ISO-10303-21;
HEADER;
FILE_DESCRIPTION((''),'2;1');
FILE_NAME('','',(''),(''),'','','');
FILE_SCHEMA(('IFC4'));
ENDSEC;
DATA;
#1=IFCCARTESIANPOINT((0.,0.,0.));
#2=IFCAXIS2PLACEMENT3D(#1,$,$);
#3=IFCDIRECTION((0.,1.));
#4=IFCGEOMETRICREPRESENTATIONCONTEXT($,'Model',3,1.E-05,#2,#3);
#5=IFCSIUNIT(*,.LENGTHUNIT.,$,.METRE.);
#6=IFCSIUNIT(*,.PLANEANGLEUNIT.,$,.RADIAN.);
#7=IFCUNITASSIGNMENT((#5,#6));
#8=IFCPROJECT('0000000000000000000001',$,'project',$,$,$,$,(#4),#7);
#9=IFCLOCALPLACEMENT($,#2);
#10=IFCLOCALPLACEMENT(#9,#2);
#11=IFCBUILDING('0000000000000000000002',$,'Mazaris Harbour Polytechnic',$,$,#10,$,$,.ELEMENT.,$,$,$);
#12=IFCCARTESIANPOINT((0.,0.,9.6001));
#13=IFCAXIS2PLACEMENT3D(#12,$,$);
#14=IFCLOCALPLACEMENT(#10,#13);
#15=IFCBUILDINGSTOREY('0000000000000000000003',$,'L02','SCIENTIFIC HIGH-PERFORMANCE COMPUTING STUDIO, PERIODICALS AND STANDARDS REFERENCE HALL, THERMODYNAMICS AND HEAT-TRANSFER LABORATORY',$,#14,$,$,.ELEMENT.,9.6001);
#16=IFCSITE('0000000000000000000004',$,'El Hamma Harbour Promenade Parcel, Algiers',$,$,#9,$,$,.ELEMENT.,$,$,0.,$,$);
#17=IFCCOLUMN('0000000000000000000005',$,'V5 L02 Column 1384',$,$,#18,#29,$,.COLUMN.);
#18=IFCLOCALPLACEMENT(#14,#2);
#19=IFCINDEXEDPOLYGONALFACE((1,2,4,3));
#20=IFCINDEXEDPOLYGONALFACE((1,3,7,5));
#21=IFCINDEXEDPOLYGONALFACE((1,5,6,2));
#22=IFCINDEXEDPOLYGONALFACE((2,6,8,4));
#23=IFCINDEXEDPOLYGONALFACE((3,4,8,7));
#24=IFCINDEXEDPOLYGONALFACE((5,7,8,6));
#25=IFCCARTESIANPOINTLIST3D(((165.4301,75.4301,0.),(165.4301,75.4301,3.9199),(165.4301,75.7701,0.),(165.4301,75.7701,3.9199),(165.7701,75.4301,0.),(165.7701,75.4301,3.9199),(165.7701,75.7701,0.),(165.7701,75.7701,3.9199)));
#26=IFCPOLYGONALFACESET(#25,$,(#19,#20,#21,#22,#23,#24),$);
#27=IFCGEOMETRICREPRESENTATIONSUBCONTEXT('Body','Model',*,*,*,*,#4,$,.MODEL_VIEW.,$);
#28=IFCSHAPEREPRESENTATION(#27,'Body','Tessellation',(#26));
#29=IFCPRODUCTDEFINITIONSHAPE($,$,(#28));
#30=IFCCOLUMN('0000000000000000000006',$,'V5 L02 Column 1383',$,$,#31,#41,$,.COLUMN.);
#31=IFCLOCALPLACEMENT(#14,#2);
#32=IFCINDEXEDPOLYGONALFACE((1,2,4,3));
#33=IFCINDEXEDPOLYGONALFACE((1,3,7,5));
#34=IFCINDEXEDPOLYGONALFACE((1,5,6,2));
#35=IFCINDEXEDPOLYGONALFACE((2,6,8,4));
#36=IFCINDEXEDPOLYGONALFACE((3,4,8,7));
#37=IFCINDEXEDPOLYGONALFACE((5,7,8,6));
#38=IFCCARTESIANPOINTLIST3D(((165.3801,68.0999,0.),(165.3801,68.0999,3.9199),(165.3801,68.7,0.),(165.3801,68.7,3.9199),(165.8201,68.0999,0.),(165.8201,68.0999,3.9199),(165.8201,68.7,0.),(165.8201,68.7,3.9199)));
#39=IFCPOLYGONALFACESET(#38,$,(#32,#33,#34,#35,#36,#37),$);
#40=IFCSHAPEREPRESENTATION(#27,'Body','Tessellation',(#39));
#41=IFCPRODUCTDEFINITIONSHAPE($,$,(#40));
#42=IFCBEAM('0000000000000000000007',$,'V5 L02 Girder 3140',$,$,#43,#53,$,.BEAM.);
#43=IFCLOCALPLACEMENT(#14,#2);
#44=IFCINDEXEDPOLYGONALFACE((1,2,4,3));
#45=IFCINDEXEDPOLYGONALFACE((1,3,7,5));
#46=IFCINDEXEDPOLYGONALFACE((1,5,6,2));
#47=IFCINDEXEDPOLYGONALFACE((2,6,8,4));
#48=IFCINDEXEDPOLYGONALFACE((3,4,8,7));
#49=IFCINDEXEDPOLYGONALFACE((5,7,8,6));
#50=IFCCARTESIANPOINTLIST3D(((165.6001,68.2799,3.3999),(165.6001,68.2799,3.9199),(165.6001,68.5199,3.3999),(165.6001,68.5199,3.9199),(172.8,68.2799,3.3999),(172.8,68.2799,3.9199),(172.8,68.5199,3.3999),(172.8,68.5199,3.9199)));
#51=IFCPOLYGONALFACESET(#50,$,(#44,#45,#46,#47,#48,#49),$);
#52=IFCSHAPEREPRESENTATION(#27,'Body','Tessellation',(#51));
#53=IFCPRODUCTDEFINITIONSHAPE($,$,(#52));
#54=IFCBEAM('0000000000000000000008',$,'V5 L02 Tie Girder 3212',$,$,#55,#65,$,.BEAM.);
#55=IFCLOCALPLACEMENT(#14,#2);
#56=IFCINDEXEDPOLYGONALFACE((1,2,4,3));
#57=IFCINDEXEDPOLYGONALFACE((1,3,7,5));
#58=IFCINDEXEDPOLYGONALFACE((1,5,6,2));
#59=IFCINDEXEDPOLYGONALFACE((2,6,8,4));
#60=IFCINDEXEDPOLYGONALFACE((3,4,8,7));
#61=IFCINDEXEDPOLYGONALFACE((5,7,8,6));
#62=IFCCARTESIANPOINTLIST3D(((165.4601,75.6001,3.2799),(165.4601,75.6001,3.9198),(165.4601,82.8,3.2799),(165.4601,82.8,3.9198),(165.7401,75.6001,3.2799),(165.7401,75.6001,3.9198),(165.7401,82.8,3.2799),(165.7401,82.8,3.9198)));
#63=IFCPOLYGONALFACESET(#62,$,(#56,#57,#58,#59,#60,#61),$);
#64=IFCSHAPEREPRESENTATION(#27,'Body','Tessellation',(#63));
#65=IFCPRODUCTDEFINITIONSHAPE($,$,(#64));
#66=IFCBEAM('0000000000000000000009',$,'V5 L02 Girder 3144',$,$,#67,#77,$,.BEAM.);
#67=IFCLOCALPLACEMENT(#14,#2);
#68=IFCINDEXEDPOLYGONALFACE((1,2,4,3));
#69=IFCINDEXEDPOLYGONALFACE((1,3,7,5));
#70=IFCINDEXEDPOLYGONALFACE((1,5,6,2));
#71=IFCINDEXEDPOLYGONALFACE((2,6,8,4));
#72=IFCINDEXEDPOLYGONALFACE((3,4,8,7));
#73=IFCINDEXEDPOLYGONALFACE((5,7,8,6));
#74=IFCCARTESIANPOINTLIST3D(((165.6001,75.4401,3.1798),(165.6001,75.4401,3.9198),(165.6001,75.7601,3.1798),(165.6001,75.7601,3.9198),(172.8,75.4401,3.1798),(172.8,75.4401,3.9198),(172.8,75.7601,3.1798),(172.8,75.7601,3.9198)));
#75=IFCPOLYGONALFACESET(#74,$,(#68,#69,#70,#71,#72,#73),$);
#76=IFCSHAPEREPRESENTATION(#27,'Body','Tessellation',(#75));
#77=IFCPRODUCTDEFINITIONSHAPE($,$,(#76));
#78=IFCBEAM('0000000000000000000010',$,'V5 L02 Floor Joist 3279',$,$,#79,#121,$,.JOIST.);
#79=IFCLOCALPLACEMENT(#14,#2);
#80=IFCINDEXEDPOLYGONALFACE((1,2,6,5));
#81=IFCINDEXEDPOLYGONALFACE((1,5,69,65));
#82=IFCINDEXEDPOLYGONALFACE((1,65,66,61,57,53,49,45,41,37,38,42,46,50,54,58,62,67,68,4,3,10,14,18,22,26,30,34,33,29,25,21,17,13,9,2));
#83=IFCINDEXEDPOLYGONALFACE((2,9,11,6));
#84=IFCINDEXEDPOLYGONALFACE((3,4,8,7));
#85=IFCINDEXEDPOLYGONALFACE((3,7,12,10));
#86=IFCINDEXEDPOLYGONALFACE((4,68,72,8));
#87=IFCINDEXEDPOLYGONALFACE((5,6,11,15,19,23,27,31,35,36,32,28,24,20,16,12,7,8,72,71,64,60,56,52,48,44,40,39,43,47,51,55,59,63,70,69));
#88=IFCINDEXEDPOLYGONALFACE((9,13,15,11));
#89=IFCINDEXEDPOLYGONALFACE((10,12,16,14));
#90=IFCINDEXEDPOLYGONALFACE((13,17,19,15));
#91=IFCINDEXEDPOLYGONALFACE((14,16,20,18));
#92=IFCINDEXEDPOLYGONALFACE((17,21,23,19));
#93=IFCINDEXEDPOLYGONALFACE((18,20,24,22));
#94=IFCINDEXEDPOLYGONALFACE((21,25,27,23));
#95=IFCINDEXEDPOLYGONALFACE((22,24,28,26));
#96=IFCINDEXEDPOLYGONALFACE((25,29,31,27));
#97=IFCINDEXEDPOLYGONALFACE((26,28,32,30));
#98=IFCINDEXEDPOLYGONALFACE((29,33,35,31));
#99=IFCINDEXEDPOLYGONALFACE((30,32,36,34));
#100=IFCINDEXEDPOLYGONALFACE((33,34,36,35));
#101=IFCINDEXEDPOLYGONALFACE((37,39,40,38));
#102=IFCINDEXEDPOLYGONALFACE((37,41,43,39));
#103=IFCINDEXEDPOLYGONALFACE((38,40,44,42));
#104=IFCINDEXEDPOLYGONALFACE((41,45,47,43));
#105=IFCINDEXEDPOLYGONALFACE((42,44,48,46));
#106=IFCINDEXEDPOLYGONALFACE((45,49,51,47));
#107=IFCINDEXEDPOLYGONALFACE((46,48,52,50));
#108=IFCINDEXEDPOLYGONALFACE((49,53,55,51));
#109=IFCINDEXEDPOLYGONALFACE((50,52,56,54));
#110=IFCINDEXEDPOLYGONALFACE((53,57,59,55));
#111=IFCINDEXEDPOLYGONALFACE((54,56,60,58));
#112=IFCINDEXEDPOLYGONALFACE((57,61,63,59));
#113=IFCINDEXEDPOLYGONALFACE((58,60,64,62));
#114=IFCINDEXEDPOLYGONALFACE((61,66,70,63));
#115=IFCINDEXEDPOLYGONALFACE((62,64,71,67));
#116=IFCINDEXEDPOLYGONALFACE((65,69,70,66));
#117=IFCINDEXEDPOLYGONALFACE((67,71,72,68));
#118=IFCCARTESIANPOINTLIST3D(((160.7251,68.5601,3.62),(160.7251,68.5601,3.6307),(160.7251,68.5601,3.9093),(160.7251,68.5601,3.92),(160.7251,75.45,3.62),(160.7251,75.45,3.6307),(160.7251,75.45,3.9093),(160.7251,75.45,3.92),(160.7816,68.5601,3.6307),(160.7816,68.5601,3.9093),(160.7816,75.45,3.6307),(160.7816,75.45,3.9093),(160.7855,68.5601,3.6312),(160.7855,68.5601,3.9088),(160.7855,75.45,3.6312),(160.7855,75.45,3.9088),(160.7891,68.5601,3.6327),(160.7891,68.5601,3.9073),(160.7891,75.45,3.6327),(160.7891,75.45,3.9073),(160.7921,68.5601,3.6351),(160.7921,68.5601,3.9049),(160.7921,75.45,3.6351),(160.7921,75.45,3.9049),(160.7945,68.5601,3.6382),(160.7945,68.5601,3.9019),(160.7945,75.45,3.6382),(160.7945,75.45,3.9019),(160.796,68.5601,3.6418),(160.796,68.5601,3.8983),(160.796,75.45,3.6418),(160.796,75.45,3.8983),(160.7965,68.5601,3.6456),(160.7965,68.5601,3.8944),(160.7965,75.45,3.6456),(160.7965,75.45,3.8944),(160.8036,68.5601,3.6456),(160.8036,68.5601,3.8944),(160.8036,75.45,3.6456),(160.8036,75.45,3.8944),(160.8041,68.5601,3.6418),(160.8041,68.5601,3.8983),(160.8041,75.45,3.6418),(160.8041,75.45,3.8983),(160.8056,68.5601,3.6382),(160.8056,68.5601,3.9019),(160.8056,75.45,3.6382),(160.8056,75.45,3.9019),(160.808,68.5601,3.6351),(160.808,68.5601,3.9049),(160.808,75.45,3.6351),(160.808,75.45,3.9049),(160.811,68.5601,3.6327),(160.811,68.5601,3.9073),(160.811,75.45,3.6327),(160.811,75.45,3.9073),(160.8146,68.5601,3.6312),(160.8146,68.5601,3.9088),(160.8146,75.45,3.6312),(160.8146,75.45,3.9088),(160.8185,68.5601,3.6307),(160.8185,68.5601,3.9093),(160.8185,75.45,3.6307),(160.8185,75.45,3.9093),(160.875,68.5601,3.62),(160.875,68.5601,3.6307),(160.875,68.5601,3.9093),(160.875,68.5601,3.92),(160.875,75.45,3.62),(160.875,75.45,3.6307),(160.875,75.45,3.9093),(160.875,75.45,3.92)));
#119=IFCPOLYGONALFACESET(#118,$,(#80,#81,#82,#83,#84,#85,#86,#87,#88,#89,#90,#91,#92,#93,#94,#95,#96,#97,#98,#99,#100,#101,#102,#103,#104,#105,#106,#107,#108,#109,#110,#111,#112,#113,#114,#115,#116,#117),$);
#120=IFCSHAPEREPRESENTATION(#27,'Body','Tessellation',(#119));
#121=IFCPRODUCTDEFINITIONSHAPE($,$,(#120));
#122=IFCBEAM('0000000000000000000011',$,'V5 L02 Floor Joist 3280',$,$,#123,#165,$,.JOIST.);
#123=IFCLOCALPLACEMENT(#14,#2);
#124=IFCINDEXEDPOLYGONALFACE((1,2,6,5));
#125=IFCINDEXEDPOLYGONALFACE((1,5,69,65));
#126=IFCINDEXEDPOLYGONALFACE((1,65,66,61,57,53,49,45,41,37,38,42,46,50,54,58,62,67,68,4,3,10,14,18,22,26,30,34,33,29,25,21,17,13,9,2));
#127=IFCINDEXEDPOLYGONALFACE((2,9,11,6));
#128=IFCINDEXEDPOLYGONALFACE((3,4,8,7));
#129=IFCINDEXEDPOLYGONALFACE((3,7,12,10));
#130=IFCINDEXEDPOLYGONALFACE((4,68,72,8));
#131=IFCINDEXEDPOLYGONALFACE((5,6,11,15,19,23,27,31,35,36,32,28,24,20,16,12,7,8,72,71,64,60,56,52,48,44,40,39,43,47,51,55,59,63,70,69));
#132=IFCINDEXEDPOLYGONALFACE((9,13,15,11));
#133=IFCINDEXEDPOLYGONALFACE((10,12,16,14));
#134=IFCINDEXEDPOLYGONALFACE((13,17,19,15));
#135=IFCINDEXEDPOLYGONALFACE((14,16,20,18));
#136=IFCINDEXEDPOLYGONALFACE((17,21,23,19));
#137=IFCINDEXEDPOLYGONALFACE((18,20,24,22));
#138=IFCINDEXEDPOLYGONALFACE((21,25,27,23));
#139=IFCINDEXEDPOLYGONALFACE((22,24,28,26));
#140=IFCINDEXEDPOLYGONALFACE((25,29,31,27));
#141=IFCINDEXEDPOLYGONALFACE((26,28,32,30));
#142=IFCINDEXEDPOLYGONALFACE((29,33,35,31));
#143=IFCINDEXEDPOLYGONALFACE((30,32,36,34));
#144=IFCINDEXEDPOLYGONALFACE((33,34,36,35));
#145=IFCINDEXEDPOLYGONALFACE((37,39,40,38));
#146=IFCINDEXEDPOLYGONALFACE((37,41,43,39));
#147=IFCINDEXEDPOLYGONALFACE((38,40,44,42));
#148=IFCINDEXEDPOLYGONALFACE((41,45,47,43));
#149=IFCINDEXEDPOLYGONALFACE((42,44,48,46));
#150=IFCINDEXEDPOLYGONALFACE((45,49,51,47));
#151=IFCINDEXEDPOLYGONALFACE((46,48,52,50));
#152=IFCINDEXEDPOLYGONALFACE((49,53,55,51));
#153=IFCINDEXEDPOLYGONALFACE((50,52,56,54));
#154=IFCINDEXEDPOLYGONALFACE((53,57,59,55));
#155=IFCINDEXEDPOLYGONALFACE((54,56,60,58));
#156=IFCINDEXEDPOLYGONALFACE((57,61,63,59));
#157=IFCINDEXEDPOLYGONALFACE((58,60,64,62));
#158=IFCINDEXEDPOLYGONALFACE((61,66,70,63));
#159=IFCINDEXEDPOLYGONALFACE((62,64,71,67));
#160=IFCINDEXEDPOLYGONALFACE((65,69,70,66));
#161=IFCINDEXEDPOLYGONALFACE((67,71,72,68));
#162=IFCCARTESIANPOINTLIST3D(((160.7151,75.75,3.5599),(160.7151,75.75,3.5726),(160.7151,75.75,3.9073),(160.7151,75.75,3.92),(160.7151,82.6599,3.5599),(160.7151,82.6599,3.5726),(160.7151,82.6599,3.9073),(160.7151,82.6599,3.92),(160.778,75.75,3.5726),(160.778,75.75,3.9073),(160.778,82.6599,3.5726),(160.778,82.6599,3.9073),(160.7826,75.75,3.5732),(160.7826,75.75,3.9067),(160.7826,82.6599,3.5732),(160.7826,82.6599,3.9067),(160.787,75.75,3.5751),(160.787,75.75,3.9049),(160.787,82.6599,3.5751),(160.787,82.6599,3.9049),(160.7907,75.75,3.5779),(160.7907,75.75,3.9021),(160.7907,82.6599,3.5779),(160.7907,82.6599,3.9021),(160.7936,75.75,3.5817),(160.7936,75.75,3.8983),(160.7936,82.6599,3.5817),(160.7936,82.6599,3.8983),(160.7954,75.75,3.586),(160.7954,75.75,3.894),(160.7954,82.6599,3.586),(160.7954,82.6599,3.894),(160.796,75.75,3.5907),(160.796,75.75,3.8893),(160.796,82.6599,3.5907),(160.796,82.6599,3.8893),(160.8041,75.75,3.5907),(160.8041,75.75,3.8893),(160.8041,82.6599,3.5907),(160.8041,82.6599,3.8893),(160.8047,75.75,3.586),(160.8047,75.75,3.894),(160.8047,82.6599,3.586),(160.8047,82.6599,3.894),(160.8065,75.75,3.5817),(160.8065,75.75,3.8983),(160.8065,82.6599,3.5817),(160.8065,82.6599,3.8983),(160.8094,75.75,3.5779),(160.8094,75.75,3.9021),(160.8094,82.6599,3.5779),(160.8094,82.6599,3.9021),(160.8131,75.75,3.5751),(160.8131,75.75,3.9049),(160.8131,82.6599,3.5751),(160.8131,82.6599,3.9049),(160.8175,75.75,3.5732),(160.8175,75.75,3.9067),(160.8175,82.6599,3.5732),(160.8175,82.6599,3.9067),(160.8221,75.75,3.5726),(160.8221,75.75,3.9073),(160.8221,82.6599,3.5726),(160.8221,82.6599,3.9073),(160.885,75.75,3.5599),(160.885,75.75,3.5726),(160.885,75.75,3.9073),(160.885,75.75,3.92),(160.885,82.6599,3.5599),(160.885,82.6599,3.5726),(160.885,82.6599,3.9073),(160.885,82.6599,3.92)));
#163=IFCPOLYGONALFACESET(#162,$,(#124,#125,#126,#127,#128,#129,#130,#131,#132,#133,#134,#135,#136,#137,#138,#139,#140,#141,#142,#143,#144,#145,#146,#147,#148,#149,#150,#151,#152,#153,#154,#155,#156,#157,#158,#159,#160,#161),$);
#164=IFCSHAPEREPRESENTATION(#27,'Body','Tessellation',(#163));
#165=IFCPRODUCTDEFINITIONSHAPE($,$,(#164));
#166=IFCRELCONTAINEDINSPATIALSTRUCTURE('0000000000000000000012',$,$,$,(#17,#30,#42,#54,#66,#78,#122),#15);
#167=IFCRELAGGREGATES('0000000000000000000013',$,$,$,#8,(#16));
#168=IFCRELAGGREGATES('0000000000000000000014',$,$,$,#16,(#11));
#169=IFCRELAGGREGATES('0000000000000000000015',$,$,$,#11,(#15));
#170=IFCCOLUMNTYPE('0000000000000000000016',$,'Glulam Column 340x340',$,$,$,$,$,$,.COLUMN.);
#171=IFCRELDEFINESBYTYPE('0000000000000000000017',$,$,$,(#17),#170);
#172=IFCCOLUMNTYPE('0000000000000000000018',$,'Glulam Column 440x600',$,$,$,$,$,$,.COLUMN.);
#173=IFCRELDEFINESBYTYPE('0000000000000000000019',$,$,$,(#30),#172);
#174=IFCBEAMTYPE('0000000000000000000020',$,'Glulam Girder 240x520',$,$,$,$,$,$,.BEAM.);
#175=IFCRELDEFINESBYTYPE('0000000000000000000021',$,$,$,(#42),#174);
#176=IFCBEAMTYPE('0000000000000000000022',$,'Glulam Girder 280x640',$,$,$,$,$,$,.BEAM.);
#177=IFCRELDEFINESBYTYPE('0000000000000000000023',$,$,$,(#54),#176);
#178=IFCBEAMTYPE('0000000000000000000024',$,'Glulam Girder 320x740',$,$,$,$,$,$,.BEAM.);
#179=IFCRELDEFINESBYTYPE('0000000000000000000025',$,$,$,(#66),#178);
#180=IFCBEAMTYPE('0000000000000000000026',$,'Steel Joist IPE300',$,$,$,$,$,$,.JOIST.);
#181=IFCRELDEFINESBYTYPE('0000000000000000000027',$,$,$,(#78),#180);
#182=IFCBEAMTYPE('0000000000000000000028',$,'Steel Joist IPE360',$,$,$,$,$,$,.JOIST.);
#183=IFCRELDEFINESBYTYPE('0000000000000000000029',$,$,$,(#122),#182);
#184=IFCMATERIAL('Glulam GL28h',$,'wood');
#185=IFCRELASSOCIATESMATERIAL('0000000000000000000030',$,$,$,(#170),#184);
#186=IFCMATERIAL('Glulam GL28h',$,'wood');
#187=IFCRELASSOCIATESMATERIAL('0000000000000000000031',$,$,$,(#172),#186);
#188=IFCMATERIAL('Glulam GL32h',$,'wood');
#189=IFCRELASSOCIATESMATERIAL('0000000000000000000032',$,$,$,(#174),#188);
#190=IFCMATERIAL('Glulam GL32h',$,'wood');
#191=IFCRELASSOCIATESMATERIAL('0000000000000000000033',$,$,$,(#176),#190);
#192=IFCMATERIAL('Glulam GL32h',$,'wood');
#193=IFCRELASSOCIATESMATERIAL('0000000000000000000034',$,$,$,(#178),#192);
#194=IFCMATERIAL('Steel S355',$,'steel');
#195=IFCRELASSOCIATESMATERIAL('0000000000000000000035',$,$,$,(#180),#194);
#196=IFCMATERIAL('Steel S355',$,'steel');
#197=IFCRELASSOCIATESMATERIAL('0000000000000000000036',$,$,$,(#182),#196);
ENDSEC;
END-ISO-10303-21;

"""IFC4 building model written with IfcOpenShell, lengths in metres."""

from ifc_helpers import new_model, si_unit, direction, frame, origin, origin_2d, place, context, subcontext, project, spatial, rectangle, i_section, extrude, material, material_profile, profile_set, type_object, element, save


model = new_model("IFC4")

# Units and contexts
model_context = context("Model", 3, precision=1e-05, world=origin(), true_north=direction((0.0, 1.0)))
body_context = subcontext(model_context, "Body", "Model", "MODEL_VIEW")
ifc_project = project(units=[si_unit("LENGTHUNIT", "METRE"), si_unit("PLANEANGLEUNIT", "RADIAN")], contexts=[model_context])

# Site, building, storey
site_placement = place(None, origin())
site = spatial("IfcSite", under=ifc_project, at=site_placement, Name="El Hamma Harbour Promenade Parcel, Algiers", CompositionType="ELEMENT", RefElevation=0.0)
building_placement = place(site_placement, origin())
building = spatial("IfcBuilding", under=site, at=building_placement, Name="Mazaris Harbour Polytechnic", CompositionType="ELEMENT")
storey_placement = place(building_placement, frame((0.0, 0.0, 9.6001)))
storey = spatial("IfcBuildingStorey", under=building, at=storey_placement, Name="L02", Description="SCIENTIFIC HIGH-PERFORMANCE COMPUTING STUDIO, PERIODICALS AND STANDARDS REFERENCE HALL, THERMODYNAMICS AND HEAT-TRANSFER LABORATORY", CompositionType="ELEMENT", Elevation=9.6001)

# Columns
ifc_material_1 = material(Name="Glulam GL28h", Category="wood")
ifc_material_profile_1 = material_profile(ifc_material_1, rectangle(XDim=0.3401, YDim=0.3401, at=origin_2d()), Name="RECT340x340")
ifc_profile_set_1 = profile_set([ifc_material_profile_1], Name="Glulam GL28h")
column_type_1 = type_object("IfcColumnType", Name="Glulam Column 340x340", PredefinedType="COLUMN", material=ifc_profile_set_1)
column_1_placement = place(storey_placement, frame((165.6001, 75.6001, 0.0), z_axis=(0.0, 0.0, 1.0), x_axis=(1.0, 0.0, 0.0)))
element("IfcColumn", 1, at=column_1_placement, inside=storey, type_object=column_type_1, Name="V5 L02 Column 1384", PredefinedType="COLUMN", context=body_context, shape_type="SweptSolid", body=[
    extrude(rectangle(XDim=0.3401, YDim=0.3401, at=origin_2d()), origin(), (0.0, 0.0, 1.0), 3.9199),
])
ifc_material_2 = material(Name="Glulam GL28h", Category="wood")
ifc_material_profile_2 = material_profile(ifc_material_2, rectangle(XDim=0.4399, YDim=0.6001, at=origin_2d()), Name="RECT440x600")
ifc_profile_set_2 = profile_set([ifc_material_profile_2], Name="Glulam GL28h")
column_type_2 = type_object("IfcColumnType", Name="Glulam Column 440x600", PredefinedType="COLUMN", material=ifc_profile_set_2)
column_2_placement = place(storey_placement, frame((165.6001, 68.3999, 0.0), z_axis=(0.0, 0.0, 1.0), x_axis=(1.0, 0.0, 0.0)))
element("IfcColumn", 2, at=column_2_placement, inside=storey, type_object=column_type_2, Name="V5 L02 Column 1383", PredefinedType="COLUMN", context=body_context, shape_type="SweptSolid", body=[
    extrude(rectangle(XDim=0.4399, YDim=0.6001, at=origin_2d()), origin(), (0.0, 0.0, 1.0), 3.9199),
])

# Beams
ifc_material_3 = material(Name="Glulam GL32h", Category="wood")
ifc_material_profile_3 = material_profile(ifc_material_3, rectangle(XDim=0.24, YDim=0.52, at=origin_2d()), Name="RECT240x520")
ifc_profile_set_3 = profile_set([ifc_material_profile_3], Name="Glulam GL32h")
beam_type_1 = type_object("IfcBeamType", Name="Glulam Girder 240x520", PredefinedType="BEAM", material=ifc_profile_set_3)
beam_1_placement = place(storey_placement, frame((165.6001, 68.3999, 3.6599), z_axis=(1.0, 0.0, 0.0), x_axis=(0.0, 1.0, 0.0)))
element("IfcBeam", 3, at=beam_1_placement, inside=storey, type_object=beam_type_1, Name="V5 L02 Girder 3140", PredefinedType="BEAM", context=body_context, shape_type="SweptSolid", body=[
    extrude(rectangle(XDim=0.24, YDim=0.52, at=origin_2d()), origin(), (0.0, 0.0, 1.0), 7.2),
])
ifc_material_4 = material(Name="Glulam GL32h", Category="wood")
ifc_material_profile_4 = material_profile(ifc_material_4, rectangle(XDim=0.28, YDim=0.6399, at=origin_2d()), Name="RECT280x640")
ifc_profile_set_4 = profile_set([ifc_material_profile_4], Name="Glulam GL32h")
beam_type_2 = type_object("IfcBeamType", Name="Glulam Girder 280x640", PredefinedType="BEAM", material=ifc_profile_set_4)
beam_2_placement = place(storey_placement, frame((165.6001, 75.6001, 3.5999), z_axis=(0.0, 1.0, 0.0), x_axis=(-1.0, 0.0, 0.0)))
element("IfcBeam", 4, at=beam_2_placement, inside=storey, type_object=beam_type_2, Name="V5 L02 Tie Girder 3212", PredefinedType="BEAM", context=body_context, shape_type="SweptSolid", body=[
    extrude(rectangle(XDim=0.28, YDim=0.6399, at=origin_2d()), origin(), (0.0, 0.0, 1.0), 7.2),
])
ifc_material_5 = material(Name="Glulam GL32h", Category="wood")
ifc_material_profile_5 = material_profile(ifc_material_5, rectangle(XDim=0.3201, YDim=0.74, at=origin_2d()), Name="RECT320x740")
ifc_profile_set_5 = profile_set([ifc_material_profile_5], Name="Glulam GL32h")
beam_type_3 = type_object("IfcBeamType", Name="Glulam Girder 320x740", PredefinedType="BEAM", material=ifc_profile_set_5)
beam_3_placement = place(storey_placement, frame((165.6001, 75.6001, 3.5498), z_axis=(1.0, 0.0, 0.0), x_axis=(0.0, 1.0, 0.0)))
element("IfcBeam", 5, at=beam_3_placement, inside=storey, type_object=beam_type_3, Name="V5 L02 Girder 3144", PredefinedType="BEAM", context=body_context, shape_type="SweptSolid", body=[
    extrude(rectangle(XDim=0.3201, YDim=0.74, at=origin_2d()), origin(), (0.0, 0.0, 1.0), 7.2),
])
ifc_material_6 = material(Name="Steel S355", Category="steel")
ifc_material_profile_6 = material_profile(ifc_material_6, i_section(OverallWidth=0.1499, OverallDepth=0.3, WebThickness=0.0071, FlangeThickness=0.0107, FilletRadius=0.0149, at=origin_2d()), Name="IPE 300")
ifc_profile_set_6 = profile_set([ifc_material_profile_6], Name="Steel S355")
beam_type_4 = type_object("IfcBeamType", Name="Steel Joist IPE300", PredefinedType="JOIST", material=ifc_profile_set_6)
beam_4_placement = place(storey_placement, frame((160.8, 68.5601, 3.77), z_axis=(0.0, 1.0, 0.0), x_axis=(-1.0, 0.0, 0.0)))
element("IfcBeam", 6, at=beam_4_placement, inside=storey, type_object=beam_type_4, Name="V5 L02 Floor Joist 3279", PredefinedType="JOIST", context=body_context, shape_type="SweptSolid", body=[
    extrude(i_section(OverallWidth=0.1499, OverallDepth=0.3, WebThickness=0.0071, FlangeThickness=0.0107, FilletRadius=0.0149, at=origin_2d()), origin(), (0.0, 0.0, 1.0), 6.8899),
])
ifc_material_7 = material(Name="Steel S355", Category="steel")
ifc_material_profile_7 = material_profile(ifc_material_7, i_section(OverallWidth=0.1699, OverallDepth=0.3601, WebThickness=0.0081, FlangeThickness=0.0127, FilletRadius=0.0181, at=origin_2d()), Name="IPE 360")
ifc_profile_set_7 = profile_set([ifc_material_profile_7], Name="Steel S355")
beam_type_5 = type_object("IfcBeamType", Name="Steel Joist IPE360", PredefinedType="JOIST", material=ifc_profile_set_7)
beam_5_placement = place(storey_placement, frame((160.8, 75.75, 3.74), z_axis=(0.0, 1.0, 0.0), x_axis=(-1.0, 0.0, 0.0)))
element("IfcBeam", 7, at=beam_5_placement, inside=storey, type_object=beam_type_5, Name="V5 L02 Floor Joist 3280", PredefinedType="JOIST", context=body_context, shape_type="SweptSolid", body=[
    extrude(i_section(OverallWidth=0.1699, OverallDepth=0.3601, WebThickness=0.0081, FlangeThickness=0.0127, FilletRadius=0.0181, at=origin_2d()), origin(), (0.0, 0.0, 1.0), 6.9099),
])

save(model, "model.ifc")
